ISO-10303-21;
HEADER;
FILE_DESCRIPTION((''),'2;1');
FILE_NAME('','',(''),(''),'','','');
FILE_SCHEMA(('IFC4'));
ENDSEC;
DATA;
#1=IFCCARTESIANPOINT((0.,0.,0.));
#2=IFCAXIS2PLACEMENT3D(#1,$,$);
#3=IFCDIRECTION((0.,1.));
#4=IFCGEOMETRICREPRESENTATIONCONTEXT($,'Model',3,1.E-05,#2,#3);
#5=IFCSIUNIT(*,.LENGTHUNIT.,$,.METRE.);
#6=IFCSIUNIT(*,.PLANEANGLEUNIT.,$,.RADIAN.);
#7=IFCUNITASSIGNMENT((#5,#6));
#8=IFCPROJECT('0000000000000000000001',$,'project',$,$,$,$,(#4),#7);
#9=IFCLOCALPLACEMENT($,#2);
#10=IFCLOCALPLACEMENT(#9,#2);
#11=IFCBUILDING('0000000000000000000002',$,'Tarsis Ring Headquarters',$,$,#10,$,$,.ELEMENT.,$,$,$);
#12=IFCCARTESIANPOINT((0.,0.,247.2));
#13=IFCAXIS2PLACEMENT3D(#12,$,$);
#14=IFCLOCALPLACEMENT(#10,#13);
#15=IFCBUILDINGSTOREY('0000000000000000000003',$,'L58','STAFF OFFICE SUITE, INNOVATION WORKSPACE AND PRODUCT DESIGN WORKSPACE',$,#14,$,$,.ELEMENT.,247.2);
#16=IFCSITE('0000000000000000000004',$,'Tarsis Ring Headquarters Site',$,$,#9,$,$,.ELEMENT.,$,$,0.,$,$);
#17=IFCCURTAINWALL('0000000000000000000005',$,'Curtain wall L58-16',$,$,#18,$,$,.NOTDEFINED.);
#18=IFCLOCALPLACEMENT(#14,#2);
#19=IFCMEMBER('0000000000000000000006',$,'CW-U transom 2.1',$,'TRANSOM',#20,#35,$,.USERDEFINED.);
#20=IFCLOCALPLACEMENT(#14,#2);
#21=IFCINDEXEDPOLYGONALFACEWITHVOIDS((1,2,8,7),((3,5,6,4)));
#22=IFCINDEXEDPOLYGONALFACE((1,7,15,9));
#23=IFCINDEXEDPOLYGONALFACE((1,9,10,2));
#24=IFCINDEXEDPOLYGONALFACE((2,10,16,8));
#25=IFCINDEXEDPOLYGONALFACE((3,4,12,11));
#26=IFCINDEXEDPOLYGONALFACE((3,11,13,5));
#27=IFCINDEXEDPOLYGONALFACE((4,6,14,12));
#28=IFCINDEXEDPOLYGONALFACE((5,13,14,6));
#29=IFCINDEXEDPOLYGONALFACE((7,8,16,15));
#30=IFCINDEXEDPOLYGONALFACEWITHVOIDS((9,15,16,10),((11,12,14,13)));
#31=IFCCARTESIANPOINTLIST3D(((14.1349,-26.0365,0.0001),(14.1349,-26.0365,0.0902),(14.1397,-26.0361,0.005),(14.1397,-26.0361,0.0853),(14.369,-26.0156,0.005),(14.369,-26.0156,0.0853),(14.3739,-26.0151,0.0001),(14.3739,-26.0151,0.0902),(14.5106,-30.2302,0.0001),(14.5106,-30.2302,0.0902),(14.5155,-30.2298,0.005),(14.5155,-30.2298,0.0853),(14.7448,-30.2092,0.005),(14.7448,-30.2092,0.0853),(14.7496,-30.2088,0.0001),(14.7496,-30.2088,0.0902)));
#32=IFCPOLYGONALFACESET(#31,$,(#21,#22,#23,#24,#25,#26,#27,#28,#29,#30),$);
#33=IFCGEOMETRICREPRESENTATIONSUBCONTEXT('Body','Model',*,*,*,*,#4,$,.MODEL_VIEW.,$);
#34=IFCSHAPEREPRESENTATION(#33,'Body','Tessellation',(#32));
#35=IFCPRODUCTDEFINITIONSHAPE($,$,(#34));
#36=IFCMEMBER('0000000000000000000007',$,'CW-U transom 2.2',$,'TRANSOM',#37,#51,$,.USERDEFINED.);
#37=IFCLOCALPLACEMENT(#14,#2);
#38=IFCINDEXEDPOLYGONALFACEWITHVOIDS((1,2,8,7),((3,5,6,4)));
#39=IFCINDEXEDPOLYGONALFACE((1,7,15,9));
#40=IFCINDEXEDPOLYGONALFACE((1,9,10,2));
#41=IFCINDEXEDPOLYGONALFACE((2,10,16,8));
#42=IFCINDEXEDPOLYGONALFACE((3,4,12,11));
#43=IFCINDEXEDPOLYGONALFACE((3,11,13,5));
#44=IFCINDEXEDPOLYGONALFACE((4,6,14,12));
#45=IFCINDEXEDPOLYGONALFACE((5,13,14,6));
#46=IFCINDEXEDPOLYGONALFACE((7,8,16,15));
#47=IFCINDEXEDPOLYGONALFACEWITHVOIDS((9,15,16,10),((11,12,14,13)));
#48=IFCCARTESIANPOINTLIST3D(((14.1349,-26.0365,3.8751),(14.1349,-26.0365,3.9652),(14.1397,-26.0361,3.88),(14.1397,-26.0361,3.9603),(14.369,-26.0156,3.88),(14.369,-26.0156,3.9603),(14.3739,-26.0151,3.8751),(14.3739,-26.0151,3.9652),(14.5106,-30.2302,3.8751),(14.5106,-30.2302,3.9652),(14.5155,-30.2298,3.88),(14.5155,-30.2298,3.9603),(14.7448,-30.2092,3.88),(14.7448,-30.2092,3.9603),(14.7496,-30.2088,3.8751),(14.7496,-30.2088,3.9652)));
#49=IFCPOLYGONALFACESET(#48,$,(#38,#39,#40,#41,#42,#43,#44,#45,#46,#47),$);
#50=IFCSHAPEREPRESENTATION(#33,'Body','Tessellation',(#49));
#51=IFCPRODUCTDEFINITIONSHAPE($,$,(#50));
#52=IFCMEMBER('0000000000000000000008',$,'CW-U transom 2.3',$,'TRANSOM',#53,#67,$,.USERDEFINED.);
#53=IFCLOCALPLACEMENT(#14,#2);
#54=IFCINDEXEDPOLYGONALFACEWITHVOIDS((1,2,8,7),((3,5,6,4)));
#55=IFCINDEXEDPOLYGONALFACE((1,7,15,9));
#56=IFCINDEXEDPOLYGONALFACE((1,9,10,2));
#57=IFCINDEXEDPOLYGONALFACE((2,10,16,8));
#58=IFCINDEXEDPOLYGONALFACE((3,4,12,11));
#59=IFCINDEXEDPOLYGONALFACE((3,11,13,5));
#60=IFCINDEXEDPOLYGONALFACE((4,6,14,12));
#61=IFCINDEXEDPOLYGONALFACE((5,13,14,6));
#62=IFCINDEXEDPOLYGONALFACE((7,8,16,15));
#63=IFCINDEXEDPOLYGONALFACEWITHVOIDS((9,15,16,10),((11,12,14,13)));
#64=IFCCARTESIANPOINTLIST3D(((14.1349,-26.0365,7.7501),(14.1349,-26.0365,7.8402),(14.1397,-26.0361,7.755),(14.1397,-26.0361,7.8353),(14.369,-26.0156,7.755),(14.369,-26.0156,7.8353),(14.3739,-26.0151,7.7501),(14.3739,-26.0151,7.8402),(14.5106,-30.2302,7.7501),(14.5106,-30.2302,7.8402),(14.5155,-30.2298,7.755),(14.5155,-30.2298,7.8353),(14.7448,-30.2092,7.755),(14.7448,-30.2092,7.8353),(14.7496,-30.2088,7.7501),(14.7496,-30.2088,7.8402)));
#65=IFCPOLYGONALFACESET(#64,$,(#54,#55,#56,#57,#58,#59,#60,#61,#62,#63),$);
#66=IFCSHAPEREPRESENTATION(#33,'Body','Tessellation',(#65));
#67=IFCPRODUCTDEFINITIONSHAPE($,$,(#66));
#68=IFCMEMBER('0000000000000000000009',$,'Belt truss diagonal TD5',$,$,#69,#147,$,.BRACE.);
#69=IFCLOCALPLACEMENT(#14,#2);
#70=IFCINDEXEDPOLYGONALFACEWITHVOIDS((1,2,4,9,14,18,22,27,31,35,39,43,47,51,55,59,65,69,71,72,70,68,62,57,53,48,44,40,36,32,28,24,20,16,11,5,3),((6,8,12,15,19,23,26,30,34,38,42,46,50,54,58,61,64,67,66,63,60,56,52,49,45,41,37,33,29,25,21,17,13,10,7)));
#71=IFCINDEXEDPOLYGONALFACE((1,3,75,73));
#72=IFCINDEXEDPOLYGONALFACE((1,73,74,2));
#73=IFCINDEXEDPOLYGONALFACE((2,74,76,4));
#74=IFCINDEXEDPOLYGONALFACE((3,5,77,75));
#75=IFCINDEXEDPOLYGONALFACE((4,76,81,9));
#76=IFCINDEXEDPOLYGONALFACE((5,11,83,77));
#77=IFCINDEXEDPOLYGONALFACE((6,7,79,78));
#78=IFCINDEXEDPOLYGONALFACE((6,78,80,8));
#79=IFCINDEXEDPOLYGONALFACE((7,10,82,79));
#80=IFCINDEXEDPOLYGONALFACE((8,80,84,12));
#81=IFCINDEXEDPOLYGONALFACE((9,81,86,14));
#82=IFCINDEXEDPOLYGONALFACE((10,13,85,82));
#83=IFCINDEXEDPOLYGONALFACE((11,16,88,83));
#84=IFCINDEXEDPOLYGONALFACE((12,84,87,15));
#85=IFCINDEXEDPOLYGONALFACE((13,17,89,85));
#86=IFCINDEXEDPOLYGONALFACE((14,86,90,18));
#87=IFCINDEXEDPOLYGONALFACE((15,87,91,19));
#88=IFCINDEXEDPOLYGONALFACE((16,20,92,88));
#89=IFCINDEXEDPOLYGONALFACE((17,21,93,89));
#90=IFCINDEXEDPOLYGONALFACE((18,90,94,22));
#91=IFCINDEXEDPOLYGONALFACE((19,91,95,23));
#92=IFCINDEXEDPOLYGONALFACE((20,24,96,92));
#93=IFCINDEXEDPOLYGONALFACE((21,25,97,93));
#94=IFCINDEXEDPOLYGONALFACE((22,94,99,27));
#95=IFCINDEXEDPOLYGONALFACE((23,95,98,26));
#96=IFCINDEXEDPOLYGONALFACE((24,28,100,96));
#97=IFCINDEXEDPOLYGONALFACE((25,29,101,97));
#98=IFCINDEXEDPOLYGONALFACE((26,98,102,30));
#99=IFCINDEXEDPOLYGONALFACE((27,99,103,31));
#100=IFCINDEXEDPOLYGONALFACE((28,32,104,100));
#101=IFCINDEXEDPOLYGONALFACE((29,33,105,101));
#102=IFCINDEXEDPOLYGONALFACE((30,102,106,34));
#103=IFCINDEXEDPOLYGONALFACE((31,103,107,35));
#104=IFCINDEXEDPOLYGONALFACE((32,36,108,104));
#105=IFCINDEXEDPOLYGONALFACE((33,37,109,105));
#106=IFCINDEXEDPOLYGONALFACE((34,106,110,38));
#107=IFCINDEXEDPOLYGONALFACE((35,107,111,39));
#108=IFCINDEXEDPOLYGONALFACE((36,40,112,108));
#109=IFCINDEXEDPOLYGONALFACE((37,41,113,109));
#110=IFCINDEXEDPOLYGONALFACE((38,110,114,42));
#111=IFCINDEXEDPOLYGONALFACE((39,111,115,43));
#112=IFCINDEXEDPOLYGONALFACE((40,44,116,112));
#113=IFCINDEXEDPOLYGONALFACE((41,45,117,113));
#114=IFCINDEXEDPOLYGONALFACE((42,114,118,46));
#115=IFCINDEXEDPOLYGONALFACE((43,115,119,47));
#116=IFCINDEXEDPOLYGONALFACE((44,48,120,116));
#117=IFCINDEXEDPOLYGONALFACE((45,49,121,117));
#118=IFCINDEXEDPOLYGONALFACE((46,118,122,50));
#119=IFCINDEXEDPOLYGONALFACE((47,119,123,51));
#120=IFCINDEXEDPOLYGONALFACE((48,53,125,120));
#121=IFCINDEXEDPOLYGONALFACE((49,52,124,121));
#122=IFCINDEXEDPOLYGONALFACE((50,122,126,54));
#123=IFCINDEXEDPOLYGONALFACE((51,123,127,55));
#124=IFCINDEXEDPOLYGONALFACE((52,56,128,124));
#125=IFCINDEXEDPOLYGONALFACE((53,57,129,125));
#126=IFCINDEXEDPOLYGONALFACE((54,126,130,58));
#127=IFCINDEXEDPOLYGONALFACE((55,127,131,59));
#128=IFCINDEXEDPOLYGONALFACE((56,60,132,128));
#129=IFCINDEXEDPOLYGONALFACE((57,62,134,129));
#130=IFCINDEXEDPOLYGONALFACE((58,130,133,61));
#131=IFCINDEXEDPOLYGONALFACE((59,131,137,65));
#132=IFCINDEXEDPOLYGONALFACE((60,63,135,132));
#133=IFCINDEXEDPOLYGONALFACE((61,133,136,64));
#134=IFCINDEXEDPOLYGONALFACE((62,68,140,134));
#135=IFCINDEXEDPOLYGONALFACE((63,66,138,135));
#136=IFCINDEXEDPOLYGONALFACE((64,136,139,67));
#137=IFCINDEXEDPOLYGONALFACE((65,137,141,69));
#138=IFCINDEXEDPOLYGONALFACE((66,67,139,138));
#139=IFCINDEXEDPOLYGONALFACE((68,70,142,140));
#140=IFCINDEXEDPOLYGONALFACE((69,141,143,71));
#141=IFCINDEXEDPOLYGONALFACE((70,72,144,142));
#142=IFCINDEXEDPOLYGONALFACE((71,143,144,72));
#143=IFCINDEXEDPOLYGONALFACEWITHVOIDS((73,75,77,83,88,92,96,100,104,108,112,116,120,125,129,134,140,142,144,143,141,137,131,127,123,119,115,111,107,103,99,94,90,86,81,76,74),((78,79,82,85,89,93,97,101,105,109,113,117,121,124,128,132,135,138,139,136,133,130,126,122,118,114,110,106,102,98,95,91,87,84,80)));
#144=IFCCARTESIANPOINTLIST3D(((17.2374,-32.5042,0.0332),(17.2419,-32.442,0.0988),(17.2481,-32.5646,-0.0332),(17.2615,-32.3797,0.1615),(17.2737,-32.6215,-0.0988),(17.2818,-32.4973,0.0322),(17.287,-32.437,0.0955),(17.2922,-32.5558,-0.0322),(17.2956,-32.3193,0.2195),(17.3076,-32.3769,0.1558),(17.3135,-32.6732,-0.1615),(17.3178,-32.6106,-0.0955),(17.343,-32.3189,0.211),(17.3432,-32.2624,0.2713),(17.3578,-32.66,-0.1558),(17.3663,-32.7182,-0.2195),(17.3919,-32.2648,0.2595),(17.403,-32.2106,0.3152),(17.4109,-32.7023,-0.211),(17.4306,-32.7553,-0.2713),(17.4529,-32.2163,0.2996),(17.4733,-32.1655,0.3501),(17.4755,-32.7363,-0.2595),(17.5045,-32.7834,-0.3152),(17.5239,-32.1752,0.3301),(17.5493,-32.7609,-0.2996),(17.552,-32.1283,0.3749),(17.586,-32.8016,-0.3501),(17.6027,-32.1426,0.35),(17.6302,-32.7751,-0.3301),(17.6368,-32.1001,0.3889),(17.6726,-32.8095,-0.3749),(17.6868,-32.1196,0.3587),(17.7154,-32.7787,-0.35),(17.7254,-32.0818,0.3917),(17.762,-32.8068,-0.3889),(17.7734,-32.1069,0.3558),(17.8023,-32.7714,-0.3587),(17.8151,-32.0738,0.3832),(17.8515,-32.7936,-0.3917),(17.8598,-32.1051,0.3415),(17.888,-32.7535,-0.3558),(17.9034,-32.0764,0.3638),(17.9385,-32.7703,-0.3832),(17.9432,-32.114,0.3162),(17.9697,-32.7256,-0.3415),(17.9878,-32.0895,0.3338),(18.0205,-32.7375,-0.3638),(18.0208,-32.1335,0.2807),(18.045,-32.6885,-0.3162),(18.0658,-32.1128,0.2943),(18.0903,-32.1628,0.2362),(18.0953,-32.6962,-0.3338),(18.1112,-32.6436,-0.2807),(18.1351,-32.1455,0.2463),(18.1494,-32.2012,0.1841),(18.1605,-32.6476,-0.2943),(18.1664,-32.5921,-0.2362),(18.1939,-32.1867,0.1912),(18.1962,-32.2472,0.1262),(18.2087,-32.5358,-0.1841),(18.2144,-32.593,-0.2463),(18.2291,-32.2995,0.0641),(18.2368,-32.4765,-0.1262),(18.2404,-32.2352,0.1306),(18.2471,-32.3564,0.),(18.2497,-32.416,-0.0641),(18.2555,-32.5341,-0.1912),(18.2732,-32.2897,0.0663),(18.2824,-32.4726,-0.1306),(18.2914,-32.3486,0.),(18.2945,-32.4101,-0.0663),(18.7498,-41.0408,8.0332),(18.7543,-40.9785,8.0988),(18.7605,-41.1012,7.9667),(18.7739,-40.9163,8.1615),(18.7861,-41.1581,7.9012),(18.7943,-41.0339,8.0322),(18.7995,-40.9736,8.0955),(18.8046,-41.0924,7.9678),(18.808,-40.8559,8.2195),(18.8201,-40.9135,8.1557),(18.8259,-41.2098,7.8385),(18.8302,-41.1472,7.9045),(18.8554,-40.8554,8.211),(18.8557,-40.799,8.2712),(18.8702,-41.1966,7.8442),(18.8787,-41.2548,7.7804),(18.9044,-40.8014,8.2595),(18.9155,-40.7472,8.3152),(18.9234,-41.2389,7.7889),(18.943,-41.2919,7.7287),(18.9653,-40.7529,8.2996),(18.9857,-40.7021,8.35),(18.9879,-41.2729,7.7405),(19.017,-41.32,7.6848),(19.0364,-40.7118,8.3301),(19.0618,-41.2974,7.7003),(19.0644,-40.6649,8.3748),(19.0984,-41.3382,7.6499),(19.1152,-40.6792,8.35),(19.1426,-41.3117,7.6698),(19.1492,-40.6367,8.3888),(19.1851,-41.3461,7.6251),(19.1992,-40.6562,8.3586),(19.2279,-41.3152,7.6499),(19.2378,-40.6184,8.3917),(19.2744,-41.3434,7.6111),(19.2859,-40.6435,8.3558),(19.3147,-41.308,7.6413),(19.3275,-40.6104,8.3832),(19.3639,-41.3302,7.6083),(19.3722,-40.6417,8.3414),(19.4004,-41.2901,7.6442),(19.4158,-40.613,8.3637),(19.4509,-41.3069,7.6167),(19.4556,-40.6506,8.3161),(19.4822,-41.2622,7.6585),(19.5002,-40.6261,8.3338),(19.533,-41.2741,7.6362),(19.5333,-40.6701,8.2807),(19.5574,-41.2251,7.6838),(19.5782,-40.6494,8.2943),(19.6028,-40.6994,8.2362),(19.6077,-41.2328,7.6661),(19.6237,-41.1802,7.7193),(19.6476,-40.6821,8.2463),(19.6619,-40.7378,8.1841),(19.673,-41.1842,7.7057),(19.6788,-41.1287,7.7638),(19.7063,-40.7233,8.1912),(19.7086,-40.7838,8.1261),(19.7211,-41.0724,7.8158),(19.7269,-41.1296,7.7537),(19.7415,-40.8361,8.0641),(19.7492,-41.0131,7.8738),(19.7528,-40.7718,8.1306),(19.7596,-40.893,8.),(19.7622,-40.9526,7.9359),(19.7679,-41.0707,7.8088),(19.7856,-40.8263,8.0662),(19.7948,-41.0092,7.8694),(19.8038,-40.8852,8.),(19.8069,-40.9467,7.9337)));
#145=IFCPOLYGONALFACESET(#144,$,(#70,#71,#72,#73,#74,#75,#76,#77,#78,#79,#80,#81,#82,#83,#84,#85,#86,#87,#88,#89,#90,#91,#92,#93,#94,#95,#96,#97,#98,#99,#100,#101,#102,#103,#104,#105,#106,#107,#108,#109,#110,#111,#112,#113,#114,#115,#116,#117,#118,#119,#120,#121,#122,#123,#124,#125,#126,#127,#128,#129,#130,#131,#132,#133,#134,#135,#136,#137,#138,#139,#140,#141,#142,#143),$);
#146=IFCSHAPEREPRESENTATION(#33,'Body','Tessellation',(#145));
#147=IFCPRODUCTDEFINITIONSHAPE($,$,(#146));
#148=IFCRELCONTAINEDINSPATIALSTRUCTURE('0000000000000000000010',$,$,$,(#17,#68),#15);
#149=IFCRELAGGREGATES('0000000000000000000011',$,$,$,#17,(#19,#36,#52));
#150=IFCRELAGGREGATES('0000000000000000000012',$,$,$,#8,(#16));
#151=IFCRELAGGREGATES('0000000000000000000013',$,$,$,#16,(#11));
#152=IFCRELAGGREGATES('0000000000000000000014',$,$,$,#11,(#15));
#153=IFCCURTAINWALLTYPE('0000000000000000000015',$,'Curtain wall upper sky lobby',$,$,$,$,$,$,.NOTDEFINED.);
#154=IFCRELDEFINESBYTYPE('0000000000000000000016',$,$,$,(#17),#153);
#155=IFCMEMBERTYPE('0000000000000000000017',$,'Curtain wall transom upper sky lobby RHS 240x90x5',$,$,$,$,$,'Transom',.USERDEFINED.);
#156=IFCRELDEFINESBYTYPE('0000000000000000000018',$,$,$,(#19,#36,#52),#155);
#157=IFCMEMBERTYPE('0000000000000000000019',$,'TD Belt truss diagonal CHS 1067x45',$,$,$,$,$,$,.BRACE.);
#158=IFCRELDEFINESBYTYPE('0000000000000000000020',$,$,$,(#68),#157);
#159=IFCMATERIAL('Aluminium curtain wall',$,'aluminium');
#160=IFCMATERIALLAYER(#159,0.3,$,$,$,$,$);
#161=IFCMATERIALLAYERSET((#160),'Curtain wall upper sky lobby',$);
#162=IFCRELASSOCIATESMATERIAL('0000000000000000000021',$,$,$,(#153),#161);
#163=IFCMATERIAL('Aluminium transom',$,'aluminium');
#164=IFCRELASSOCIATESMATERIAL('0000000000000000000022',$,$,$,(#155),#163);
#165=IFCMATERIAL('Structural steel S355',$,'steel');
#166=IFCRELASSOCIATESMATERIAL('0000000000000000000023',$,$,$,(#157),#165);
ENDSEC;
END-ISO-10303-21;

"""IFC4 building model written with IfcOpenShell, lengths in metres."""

from ifc_helpers import new_model, si_unit, direction, frame, origin, origin_2d, place, context, subcontext, project, spatial, hollow_rectangle, hollow_circle, extrude, material, layer, layer_set, material_profile, profile_set, type_object, element, aggregate, save


model = new_model("IFC4")

# Units and contexts
model_context = context("Model", 3, precision=1e-05, world=origin(), true_north=direction((0.0, 1.0)))
body_context = subcontext(model_context, "Body", "Model", "MODEL_VIEW")
ifc_project = project(units=[si_unit("LENGTHUNIT", "METRE"), si_unit("PLANEANGLEUNIT", "RADIAN")], contexts=[model_context])

# Site, building, storey
site_placement = place(None, origin())
site = spatial("IfcSite", under=ifc_project, at=site_placement, Name="Tarsis Ring Headquarters Site", CompositionType="ELEMENT", RefElevation=0.0)
building_placement = place(site_placement, origin())
building = spatial("IfcBuilding", under=site, at=building_placement, Name="Tarsis Ring Headquarters", CompositionType="ELEMENT")
storey_placement = place(building_placement, frame((0.0, 0.0, 247.2)))
storey = spatial("IfcBuildingStorey", under=building, at=storey_placement, Name="L58", Description="STAFF OFFICE SUITE, INNOVATION WORKSPACE AND PRODUCT DESIGN WORKSPACE", CompositionType="ELEMENT", Elevation=247.2)

# Shared definitions
ifc_material_1 = material(Name="Structural steel S355", Category="steel")
ifc_material_profile_1 = material_profile(ifc_material_1, hollow_circle(Radius=0.5334, WallThickness=0.0449, at=origin_2d()), Name="CHS 1067x45")
ifc_profile_set_1 = profile_set([ifc_material_profile_1], Name="Structural steel S355")

# Curtain wall, members
ifc_material_2 = material(Name="Aluminium curtain wall", Category="aluminium")
ifc_layer_1 = layer(ifc_material_2, 0.3)
ifc_layer_set_1 = layer_set([ifc_layer_1], Name="Curtain wall upper sky lobby")
curtain_wall_type = type_object("IfcCurtainWallType", Name="Curtain wall upper sky lobby", PredefinedType="NOTDEFINED", material=ifc_layer_set_1)
curtain_wall_placement = place(storey_placement, origin())
curtain_wall = element("IfcCurtainWall", 1, at=curtain_wall_placement, inside=storey, type_object=curtain_wall_type, Name="Curtain wall L58-16", PredefinedType="NOTDEFINED")
ifc_material_3 = material(Name="Aluminium transom", Category="aluminium")
ifc_material_profile_2 = material_profile(ifc_material_3, hollow_rectangle(XDim=0.24, YDim=0.0901, WallThickness=0.0049, at=origin_2d()), Name="RHS 240x90x5")
ifc_profile_set_2 = profile_set([ifc_material_profile_2], Name="Aluminium transom")
member_type_1 = type_object("IfcMemberType", Name="Curtain wall transom upper sky lobby RHS 240x90x5", ElementType="Transom", PredefinedType="USERDEFINED", material=ifc_profile_set_2)
member_1_placement = place(storey_placement, frame((14.6301, -30.2195, 0.0452), z_axis=(-0.089239, 0.99601, 0.0), x_axis=(-0.99601, -0.089239, 0.0)))
member_1 = element("IfcMember", 2, at=member_1_placement, type_object=member_type_1, Name="CW-U transom 2.1", ObjectType="TRANSOM", PredefinedType="USERDEFINED", context=body_context, shape_type="SweptSolid", body=[
    extrude(hollow_rectangle(XDim=0.24, YDim=0.0901, WallThickness=0.0049, at=origin_2d()), origin(), (0.0, 0.0, 1.0), 4.2104),
])
member_2_placement = place(storey_placement, frame((14.6301, -30.2195, 3.9202), z_axis=(-0.089239, 0.99601, 0.0), x_axis=(-0.99601, -0.089239, 0.0)))
member_2 = element("IfcMember", 3, at=member_2_placement, type_object=member_type_1, Name="CW-U transom 2.2", ObjectType="TRANSOM", PredefinedType="USERDEFINED", context=body_context, shape_type="SweptSolid", body=[
    extrude(hollow_rectangle(XDim=0.24, YDim=0.0901, WallThickness=0.0049, at=origin_2d()), origin(), (0.0, 0.0, 1.0), 4.2104),
])
member_3_placement = place(storey_placement, frame((14.6301, -30.2195, 7.7952), z_axis=(-0.089239, 0.99601, 0.0), x_axis=(-0.99601, -0.089239, 0.0)))
member_3 = element("IfcMember", 4, at=member_3_placement, type_object=member_type_1, Name="CW-U transom 2.3", ObjectType="TRANSOM", PredefinedType="USERDEFINED", context=body_context, shape_type="SweptSolid", body=[
    extrude(hollow_rectangle(XDim=0.24, YDim=0.0901, WallThickness=0.0049, at=origin_2d()), origin(), (0.0, 0.0, 1.0), 4.2104),
])

# Member
member_type_2 = type_object("IfcMemberType", Name="TD Belt truss diagonal CHS 1067x45", PredefinedType="BRACE", material=ifc_profile_set_1)
member_4_placement = place(storey_placement, frame((17.7661, -32.4417, 0.0), z_axis=(0.12821, -0.723647, 0.678158), x_axis=(0.984665, 0.174455, 0.0)))
element("IfcMember", 5, at=member_4_placement, inside=storey, type_object=member_type_2, Name="Belt truss diagonal TD5", PredefinedType="BRACE", context=body_context, shape_type="SweptSolid", body=[
    extrude(hollow_circle(Radius=0.5334, WallThickness=0.0449, at=origin_2d()), origin(), (0.0, 0.0, 1.0), 11.7966),
])

aggregate(curtain_wall, [member_1, member_2, member_3])

save(model, "model.ifc")
